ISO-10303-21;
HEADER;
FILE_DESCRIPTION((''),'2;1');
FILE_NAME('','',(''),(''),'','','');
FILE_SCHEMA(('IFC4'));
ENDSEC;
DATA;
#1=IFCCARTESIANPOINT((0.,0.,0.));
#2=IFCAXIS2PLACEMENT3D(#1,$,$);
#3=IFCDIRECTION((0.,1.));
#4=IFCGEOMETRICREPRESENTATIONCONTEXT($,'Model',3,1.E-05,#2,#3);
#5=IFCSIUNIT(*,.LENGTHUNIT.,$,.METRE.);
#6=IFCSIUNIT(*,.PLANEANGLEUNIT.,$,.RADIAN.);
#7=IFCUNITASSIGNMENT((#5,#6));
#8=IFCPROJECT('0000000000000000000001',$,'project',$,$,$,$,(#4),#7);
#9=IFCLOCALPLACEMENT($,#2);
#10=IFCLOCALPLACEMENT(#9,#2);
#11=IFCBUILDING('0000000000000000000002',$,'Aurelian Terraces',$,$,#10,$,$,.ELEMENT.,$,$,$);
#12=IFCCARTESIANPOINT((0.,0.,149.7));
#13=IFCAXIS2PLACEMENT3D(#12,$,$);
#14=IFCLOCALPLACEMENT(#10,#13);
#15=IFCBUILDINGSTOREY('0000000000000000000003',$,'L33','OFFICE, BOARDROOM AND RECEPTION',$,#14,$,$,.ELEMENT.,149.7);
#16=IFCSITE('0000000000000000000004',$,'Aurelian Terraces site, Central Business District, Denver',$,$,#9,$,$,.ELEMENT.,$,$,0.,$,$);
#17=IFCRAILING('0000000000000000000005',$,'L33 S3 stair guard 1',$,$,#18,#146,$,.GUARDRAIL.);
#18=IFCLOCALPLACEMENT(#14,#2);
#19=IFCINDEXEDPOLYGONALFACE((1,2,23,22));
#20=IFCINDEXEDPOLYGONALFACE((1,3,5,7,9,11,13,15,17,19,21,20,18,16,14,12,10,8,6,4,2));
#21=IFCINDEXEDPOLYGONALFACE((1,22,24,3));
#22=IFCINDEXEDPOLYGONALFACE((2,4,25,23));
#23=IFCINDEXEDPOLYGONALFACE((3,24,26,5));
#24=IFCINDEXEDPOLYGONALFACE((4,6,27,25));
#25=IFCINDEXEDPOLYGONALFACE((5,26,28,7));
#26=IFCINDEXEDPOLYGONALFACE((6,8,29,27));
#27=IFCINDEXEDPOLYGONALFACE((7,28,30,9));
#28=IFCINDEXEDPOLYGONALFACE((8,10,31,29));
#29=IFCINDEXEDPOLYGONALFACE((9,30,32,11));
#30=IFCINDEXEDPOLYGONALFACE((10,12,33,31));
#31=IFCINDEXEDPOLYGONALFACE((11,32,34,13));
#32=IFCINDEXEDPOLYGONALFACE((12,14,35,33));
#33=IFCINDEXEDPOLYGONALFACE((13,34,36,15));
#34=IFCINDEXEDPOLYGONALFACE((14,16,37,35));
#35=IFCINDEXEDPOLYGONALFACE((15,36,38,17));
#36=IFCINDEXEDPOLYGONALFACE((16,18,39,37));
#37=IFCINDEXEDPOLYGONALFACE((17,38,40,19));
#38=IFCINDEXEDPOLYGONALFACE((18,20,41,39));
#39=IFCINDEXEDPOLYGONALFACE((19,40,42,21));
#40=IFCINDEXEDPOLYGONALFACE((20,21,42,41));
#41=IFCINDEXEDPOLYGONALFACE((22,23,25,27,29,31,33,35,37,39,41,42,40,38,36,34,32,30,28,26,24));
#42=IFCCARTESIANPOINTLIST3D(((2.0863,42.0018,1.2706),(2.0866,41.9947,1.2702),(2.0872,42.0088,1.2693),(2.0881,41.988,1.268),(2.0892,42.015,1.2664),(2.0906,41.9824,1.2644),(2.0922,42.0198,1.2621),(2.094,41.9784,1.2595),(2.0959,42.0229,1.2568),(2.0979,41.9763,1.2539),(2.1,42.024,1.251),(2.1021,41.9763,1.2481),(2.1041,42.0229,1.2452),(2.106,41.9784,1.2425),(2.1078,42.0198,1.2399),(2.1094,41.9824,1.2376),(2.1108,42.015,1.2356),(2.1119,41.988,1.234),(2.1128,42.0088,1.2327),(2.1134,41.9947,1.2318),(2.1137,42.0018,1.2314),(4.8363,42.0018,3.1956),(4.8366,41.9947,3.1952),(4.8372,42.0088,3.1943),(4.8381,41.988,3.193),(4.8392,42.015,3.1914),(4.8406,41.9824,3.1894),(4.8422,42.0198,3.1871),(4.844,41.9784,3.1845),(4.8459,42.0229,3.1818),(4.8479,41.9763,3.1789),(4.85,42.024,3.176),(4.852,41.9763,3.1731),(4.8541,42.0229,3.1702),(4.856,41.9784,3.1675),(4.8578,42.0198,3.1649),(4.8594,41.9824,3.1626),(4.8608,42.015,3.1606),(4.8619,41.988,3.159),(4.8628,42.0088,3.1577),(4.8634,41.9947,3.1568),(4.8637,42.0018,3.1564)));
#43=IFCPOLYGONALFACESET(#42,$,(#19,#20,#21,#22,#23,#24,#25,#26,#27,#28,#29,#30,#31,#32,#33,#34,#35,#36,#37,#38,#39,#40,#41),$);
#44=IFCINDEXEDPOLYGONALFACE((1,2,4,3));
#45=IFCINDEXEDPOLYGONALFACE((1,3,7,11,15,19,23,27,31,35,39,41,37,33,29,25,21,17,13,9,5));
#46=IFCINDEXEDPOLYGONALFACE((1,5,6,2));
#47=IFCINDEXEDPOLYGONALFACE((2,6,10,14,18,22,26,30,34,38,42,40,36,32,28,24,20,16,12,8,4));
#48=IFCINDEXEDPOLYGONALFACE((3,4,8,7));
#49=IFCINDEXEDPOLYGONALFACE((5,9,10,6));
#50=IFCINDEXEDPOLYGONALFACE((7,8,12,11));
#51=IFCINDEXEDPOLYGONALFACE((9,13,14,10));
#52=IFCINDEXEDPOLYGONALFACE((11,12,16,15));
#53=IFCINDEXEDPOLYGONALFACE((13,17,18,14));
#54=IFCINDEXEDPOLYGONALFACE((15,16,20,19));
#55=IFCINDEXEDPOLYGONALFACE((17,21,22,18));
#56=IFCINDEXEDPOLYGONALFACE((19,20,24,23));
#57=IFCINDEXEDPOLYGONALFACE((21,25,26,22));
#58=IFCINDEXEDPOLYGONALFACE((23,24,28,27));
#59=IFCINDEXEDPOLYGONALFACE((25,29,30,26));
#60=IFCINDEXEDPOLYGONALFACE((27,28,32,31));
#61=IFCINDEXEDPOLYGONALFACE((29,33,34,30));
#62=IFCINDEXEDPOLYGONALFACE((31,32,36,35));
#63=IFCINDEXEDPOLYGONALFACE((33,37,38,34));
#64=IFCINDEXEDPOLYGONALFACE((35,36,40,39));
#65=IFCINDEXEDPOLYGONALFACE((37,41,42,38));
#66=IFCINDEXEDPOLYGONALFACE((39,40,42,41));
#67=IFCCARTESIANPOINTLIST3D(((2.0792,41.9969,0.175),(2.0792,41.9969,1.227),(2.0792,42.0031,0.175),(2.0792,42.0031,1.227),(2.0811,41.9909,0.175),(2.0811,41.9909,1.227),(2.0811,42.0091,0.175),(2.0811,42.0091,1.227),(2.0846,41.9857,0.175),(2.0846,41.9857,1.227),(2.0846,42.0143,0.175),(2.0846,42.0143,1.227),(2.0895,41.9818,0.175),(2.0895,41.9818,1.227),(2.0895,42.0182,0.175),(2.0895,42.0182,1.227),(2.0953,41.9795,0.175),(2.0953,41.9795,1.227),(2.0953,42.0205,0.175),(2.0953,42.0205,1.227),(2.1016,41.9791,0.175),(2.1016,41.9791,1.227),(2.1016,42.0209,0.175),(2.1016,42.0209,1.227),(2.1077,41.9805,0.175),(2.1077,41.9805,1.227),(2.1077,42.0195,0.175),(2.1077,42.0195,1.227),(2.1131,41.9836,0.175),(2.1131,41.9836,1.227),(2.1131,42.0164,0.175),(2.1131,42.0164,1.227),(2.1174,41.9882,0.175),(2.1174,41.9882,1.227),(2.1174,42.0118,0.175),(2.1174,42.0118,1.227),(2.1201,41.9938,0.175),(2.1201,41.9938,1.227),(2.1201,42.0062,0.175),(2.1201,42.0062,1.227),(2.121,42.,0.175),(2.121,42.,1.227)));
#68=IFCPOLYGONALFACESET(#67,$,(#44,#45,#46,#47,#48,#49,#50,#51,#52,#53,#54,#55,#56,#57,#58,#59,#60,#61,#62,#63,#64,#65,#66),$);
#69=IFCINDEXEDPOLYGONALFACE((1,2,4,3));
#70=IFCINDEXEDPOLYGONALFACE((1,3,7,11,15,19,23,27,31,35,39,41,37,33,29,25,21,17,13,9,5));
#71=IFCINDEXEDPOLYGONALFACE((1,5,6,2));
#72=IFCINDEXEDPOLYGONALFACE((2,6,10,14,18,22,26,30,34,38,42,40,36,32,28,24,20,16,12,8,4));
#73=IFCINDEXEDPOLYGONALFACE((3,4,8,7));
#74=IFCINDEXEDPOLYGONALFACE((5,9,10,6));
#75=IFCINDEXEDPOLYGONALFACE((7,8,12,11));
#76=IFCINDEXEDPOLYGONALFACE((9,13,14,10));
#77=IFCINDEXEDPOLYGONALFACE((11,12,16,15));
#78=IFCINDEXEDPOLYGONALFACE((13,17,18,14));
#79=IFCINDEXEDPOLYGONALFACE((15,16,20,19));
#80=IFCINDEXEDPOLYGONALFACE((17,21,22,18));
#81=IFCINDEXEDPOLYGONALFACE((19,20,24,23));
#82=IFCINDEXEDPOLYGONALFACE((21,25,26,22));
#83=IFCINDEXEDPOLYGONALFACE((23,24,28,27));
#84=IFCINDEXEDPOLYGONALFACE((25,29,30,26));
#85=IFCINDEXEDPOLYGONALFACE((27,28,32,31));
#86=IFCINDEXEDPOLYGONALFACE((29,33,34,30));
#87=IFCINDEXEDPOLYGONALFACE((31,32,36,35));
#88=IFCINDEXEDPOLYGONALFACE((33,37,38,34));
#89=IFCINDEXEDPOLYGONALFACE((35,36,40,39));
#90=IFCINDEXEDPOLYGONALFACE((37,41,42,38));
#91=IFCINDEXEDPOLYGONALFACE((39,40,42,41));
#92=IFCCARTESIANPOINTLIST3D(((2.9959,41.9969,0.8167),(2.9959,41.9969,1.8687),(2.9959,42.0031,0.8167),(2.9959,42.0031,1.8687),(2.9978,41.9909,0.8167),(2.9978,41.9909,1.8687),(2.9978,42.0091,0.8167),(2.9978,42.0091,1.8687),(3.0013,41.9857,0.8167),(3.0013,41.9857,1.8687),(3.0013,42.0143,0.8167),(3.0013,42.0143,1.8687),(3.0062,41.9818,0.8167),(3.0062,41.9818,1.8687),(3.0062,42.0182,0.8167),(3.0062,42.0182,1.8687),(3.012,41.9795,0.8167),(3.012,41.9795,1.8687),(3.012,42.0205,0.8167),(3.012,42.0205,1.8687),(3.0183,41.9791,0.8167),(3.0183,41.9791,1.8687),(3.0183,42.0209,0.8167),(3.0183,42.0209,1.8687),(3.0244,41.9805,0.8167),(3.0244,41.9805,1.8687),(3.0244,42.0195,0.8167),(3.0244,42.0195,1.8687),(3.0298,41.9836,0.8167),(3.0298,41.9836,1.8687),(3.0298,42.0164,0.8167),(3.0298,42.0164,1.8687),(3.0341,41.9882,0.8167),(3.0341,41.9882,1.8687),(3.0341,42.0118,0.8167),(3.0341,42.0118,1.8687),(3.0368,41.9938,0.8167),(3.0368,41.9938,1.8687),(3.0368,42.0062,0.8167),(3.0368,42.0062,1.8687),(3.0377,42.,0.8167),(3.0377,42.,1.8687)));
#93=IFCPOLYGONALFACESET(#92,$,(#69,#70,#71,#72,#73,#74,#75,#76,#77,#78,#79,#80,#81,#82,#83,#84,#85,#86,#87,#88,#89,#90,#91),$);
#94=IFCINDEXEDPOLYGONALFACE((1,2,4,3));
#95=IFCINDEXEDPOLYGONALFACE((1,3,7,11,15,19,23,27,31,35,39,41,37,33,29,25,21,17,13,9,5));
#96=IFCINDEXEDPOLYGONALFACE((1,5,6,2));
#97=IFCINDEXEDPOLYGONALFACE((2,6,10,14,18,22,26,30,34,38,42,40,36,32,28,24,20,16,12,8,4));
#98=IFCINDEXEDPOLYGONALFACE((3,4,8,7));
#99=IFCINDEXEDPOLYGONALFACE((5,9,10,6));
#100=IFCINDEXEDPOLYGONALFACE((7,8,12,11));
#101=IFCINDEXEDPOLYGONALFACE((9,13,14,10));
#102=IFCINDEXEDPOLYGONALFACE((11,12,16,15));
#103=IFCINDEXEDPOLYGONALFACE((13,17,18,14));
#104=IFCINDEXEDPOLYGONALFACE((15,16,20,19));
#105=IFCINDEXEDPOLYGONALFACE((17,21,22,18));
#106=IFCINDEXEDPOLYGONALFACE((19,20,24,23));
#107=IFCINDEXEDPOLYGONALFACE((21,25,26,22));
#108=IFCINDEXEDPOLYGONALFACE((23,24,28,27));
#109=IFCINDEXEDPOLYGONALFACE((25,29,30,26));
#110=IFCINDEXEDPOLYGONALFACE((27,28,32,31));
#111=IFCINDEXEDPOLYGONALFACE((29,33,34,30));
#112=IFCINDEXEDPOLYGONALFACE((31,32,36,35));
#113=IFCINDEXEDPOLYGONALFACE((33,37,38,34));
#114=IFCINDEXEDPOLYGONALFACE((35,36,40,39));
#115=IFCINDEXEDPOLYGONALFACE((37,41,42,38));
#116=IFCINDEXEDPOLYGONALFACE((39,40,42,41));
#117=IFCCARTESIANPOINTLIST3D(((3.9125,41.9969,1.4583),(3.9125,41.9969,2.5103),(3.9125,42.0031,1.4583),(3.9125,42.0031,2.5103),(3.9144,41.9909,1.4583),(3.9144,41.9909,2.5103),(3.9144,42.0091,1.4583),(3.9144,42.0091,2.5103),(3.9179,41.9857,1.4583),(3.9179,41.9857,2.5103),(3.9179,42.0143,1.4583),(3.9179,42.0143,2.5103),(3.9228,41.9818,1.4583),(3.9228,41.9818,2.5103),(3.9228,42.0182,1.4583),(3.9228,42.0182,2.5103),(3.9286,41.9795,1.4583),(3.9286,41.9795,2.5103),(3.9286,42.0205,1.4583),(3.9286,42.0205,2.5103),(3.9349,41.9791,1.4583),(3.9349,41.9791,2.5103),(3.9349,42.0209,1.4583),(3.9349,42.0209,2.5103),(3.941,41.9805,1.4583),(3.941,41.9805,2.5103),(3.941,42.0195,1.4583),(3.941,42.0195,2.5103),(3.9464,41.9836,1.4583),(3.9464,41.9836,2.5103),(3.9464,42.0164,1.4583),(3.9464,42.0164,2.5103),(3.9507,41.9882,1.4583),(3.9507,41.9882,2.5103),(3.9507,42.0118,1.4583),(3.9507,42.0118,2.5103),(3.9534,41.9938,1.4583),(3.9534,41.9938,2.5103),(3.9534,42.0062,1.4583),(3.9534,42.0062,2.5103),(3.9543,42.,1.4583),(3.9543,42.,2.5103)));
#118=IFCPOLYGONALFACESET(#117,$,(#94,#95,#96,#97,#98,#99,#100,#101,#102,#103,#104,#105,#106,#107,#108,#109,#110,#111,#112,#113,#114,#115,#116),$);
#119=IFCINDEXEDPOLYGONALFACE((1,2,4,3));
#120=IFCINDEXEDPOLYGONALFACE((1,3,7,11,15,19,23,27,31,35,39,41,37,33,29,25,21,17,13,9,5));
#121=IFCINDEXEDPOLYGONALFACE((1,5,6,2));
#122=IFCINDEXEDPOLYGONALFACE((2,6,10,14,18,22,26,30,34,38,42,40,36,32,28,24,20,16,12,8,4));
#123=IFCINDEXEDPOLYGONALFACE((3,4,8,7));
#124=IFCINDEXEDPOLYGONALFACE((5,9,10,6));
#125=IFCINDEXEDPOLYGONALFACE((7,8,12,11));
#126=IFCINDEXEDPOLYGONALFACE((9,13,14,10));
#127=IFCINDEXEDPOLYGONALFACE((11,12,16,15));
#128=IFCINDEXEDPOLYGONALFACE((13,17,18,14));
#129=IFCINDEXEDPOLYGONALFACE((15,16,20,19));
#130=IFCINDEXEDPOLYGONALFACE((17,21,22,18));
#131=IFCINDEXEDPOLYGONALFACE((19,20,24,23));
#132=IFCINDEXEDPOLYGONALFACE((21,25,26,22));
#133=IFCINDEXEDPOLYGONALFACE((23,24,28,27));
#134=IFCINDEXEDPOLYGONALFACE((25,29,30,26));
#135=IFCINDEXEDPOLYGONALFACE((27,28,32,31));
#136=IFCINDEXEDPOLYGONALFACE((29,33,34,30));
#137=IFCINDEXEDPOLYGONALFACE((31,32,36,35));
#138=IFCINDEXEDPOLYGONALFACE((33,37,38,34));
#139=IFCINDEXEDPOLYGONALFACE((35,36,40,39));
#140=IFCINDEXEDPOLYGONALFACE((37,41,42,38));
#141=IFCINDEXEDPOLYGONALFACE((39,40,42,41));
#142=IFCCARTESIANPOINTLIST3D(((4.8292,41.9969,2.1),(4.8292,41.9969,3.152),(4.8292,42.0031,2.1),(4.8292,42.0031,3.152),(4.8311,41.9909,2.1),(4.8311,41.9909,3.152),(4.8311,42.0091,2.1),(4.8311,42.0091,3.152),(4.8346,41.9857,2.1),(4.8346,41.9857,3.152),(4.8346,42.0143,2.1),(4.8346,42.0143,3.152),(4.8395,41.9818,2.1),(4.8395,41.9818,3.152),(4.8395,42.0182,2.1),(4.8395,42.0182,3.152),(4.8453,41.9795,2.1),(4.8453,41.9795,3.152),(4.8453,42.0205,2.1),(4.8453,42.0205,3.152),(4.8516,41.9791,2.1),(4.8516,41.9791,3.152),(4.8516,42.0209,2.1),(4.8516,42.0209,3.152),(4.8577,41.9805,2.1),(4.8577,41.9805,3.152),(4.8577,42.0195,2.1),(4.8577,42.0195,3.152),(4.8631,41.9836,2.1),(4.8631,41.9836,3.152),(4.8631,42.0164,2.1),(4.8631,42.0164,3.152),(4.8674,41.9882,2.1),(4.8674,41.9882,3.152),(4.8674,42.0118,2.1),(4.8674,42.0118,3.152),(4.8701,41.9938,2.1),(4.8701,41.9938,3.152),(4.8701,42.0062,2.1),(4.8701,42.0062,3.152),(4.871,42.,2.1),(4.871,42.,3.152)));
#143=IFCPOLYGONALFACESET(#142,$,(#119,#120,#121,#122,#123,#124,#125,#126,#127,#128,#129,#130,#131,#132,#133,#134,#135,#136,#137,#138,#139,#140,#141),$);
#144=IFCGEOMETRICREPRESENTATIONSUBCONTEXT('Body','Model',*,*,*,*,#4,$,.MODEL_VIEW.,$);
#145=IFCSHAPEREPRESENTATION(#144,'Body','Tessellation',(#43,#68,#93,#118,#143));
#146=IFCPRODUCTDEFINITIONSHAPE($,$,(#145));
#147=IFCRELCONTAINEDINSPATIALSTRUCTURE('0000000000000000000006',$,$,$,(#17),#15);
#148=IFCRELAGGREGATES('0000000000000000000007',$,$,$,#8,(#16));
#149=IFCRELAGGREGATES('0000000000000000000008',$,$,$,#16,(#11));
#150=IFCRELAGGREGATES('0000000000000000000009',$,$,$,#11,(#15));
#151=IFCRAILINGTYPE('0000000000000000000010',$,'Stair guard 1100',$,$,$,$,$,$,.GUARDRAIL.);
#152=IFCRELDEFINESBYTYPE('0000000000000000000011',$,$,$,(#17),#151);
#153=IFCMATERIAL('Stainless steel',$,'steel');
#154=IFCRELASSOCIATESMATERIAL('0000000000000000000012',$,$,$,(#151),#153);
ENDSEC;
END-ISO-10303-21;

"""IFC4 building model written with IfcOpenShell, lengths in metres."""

from ifc_helpers import new_model, si_unit, direction, frame, origin, origin_2d, place, context, subcontext, project, spatial, circle, extrude, source, transform, mapped, material, type_object, element, save


model = new_model("IFC4")

# Units and contexts
model_context = context("Model", 3, precision=1e-05, world=origin(), true_north=direction((0.0, 1.0)))
body_context = subcontext(model_context, "Body", "Model", "MODEL_VIEW")
ifc_project = project(units=[si_unit("LENGTHUNIT", "METRE"), si_unit("PLANEANGLEUNIT", "RADIAN")], contexts=[model_context])

# Site, building, storey
site_placement = place(None, origin())
site = spatial("IfcSite", under=ifc_project, at=site_placement, Name="Aurelian Terraces site, Central Business District, Denver", CompositionType="ELEMENT", RefElevation=0.0)
building_placement = place(site_placement, origin())
building = spatial("IfcBuilding", under=site, at=building_placement, Name="Aurelian Terraces", CompositionType="ELEMENT")
storey_placement = place(building_placement, frame((0.0, 0.0, 149.7)))
storey = spatial("IfcBuildingStorey", under=building, at=storey_placement, Name="L33", Description="OFFICE, BOARDROOM AND RECEPTION", CompositionType="ELEMENT", Elevation=149.7)

# Railing
ifc_material_1 = material(Name="Stainless steel", Category="steel")
railing_type_1 = type_object("IfcRailingType", Name="Stair guard 1100", PredefinedType="GUARDRAIL", material=ifc_material_1)
shared_shape_1 = source(origin(), body_context, "Body", "SweptSolid", [
    extrude(circle(Radius=0.024, at=origin_2d()), frame((0.0, 0.0, 1.076), z_axis=(0.819232, 0.0, 0.573462), x_axis=(0.0, 1.0, 0.0)), (0.0, 0.0, 1.0), 3.3568),
    extrude(circle(Radius=0.021, at=origin_2d()), origin(), (0.0, 0.0, 1.0), 1.052),
    extrude(circle(Radius=0.021, at=origin_2d()), frame((0.9167, 0.0, 0.6417)), (0.0, 0.0, 1.0), 1.052),
    extrude(circle(Radius=0.021, at=origin_2d()), frame((1.8333, 0.0, 1.2833)), (0.0, 0.0, 1.0), 1.052),
    extrude(circle(Radius=0.021, at=origin_2d()), frame((2.75, 0.0, 1.925)), (0.0, 0.0, 1.0), 1.052),
])
railing_1_placement = place(storey_placement, frame((2.1, 42.0, 0.175)))
element("IfcRailing", 1, at=railing_1_placement, inside=storey, type_object=railing_type_1, Name="L33 S3 stair guard 1", PredefinedType="GUARDRAIL", context=body_context, shape_type="MappedRepresentation", body=[
    mapped(shared_shape_1, transform((0.0, 0.0, 0.0), scale=1.0)),
])

save(model, "model.ifc")
